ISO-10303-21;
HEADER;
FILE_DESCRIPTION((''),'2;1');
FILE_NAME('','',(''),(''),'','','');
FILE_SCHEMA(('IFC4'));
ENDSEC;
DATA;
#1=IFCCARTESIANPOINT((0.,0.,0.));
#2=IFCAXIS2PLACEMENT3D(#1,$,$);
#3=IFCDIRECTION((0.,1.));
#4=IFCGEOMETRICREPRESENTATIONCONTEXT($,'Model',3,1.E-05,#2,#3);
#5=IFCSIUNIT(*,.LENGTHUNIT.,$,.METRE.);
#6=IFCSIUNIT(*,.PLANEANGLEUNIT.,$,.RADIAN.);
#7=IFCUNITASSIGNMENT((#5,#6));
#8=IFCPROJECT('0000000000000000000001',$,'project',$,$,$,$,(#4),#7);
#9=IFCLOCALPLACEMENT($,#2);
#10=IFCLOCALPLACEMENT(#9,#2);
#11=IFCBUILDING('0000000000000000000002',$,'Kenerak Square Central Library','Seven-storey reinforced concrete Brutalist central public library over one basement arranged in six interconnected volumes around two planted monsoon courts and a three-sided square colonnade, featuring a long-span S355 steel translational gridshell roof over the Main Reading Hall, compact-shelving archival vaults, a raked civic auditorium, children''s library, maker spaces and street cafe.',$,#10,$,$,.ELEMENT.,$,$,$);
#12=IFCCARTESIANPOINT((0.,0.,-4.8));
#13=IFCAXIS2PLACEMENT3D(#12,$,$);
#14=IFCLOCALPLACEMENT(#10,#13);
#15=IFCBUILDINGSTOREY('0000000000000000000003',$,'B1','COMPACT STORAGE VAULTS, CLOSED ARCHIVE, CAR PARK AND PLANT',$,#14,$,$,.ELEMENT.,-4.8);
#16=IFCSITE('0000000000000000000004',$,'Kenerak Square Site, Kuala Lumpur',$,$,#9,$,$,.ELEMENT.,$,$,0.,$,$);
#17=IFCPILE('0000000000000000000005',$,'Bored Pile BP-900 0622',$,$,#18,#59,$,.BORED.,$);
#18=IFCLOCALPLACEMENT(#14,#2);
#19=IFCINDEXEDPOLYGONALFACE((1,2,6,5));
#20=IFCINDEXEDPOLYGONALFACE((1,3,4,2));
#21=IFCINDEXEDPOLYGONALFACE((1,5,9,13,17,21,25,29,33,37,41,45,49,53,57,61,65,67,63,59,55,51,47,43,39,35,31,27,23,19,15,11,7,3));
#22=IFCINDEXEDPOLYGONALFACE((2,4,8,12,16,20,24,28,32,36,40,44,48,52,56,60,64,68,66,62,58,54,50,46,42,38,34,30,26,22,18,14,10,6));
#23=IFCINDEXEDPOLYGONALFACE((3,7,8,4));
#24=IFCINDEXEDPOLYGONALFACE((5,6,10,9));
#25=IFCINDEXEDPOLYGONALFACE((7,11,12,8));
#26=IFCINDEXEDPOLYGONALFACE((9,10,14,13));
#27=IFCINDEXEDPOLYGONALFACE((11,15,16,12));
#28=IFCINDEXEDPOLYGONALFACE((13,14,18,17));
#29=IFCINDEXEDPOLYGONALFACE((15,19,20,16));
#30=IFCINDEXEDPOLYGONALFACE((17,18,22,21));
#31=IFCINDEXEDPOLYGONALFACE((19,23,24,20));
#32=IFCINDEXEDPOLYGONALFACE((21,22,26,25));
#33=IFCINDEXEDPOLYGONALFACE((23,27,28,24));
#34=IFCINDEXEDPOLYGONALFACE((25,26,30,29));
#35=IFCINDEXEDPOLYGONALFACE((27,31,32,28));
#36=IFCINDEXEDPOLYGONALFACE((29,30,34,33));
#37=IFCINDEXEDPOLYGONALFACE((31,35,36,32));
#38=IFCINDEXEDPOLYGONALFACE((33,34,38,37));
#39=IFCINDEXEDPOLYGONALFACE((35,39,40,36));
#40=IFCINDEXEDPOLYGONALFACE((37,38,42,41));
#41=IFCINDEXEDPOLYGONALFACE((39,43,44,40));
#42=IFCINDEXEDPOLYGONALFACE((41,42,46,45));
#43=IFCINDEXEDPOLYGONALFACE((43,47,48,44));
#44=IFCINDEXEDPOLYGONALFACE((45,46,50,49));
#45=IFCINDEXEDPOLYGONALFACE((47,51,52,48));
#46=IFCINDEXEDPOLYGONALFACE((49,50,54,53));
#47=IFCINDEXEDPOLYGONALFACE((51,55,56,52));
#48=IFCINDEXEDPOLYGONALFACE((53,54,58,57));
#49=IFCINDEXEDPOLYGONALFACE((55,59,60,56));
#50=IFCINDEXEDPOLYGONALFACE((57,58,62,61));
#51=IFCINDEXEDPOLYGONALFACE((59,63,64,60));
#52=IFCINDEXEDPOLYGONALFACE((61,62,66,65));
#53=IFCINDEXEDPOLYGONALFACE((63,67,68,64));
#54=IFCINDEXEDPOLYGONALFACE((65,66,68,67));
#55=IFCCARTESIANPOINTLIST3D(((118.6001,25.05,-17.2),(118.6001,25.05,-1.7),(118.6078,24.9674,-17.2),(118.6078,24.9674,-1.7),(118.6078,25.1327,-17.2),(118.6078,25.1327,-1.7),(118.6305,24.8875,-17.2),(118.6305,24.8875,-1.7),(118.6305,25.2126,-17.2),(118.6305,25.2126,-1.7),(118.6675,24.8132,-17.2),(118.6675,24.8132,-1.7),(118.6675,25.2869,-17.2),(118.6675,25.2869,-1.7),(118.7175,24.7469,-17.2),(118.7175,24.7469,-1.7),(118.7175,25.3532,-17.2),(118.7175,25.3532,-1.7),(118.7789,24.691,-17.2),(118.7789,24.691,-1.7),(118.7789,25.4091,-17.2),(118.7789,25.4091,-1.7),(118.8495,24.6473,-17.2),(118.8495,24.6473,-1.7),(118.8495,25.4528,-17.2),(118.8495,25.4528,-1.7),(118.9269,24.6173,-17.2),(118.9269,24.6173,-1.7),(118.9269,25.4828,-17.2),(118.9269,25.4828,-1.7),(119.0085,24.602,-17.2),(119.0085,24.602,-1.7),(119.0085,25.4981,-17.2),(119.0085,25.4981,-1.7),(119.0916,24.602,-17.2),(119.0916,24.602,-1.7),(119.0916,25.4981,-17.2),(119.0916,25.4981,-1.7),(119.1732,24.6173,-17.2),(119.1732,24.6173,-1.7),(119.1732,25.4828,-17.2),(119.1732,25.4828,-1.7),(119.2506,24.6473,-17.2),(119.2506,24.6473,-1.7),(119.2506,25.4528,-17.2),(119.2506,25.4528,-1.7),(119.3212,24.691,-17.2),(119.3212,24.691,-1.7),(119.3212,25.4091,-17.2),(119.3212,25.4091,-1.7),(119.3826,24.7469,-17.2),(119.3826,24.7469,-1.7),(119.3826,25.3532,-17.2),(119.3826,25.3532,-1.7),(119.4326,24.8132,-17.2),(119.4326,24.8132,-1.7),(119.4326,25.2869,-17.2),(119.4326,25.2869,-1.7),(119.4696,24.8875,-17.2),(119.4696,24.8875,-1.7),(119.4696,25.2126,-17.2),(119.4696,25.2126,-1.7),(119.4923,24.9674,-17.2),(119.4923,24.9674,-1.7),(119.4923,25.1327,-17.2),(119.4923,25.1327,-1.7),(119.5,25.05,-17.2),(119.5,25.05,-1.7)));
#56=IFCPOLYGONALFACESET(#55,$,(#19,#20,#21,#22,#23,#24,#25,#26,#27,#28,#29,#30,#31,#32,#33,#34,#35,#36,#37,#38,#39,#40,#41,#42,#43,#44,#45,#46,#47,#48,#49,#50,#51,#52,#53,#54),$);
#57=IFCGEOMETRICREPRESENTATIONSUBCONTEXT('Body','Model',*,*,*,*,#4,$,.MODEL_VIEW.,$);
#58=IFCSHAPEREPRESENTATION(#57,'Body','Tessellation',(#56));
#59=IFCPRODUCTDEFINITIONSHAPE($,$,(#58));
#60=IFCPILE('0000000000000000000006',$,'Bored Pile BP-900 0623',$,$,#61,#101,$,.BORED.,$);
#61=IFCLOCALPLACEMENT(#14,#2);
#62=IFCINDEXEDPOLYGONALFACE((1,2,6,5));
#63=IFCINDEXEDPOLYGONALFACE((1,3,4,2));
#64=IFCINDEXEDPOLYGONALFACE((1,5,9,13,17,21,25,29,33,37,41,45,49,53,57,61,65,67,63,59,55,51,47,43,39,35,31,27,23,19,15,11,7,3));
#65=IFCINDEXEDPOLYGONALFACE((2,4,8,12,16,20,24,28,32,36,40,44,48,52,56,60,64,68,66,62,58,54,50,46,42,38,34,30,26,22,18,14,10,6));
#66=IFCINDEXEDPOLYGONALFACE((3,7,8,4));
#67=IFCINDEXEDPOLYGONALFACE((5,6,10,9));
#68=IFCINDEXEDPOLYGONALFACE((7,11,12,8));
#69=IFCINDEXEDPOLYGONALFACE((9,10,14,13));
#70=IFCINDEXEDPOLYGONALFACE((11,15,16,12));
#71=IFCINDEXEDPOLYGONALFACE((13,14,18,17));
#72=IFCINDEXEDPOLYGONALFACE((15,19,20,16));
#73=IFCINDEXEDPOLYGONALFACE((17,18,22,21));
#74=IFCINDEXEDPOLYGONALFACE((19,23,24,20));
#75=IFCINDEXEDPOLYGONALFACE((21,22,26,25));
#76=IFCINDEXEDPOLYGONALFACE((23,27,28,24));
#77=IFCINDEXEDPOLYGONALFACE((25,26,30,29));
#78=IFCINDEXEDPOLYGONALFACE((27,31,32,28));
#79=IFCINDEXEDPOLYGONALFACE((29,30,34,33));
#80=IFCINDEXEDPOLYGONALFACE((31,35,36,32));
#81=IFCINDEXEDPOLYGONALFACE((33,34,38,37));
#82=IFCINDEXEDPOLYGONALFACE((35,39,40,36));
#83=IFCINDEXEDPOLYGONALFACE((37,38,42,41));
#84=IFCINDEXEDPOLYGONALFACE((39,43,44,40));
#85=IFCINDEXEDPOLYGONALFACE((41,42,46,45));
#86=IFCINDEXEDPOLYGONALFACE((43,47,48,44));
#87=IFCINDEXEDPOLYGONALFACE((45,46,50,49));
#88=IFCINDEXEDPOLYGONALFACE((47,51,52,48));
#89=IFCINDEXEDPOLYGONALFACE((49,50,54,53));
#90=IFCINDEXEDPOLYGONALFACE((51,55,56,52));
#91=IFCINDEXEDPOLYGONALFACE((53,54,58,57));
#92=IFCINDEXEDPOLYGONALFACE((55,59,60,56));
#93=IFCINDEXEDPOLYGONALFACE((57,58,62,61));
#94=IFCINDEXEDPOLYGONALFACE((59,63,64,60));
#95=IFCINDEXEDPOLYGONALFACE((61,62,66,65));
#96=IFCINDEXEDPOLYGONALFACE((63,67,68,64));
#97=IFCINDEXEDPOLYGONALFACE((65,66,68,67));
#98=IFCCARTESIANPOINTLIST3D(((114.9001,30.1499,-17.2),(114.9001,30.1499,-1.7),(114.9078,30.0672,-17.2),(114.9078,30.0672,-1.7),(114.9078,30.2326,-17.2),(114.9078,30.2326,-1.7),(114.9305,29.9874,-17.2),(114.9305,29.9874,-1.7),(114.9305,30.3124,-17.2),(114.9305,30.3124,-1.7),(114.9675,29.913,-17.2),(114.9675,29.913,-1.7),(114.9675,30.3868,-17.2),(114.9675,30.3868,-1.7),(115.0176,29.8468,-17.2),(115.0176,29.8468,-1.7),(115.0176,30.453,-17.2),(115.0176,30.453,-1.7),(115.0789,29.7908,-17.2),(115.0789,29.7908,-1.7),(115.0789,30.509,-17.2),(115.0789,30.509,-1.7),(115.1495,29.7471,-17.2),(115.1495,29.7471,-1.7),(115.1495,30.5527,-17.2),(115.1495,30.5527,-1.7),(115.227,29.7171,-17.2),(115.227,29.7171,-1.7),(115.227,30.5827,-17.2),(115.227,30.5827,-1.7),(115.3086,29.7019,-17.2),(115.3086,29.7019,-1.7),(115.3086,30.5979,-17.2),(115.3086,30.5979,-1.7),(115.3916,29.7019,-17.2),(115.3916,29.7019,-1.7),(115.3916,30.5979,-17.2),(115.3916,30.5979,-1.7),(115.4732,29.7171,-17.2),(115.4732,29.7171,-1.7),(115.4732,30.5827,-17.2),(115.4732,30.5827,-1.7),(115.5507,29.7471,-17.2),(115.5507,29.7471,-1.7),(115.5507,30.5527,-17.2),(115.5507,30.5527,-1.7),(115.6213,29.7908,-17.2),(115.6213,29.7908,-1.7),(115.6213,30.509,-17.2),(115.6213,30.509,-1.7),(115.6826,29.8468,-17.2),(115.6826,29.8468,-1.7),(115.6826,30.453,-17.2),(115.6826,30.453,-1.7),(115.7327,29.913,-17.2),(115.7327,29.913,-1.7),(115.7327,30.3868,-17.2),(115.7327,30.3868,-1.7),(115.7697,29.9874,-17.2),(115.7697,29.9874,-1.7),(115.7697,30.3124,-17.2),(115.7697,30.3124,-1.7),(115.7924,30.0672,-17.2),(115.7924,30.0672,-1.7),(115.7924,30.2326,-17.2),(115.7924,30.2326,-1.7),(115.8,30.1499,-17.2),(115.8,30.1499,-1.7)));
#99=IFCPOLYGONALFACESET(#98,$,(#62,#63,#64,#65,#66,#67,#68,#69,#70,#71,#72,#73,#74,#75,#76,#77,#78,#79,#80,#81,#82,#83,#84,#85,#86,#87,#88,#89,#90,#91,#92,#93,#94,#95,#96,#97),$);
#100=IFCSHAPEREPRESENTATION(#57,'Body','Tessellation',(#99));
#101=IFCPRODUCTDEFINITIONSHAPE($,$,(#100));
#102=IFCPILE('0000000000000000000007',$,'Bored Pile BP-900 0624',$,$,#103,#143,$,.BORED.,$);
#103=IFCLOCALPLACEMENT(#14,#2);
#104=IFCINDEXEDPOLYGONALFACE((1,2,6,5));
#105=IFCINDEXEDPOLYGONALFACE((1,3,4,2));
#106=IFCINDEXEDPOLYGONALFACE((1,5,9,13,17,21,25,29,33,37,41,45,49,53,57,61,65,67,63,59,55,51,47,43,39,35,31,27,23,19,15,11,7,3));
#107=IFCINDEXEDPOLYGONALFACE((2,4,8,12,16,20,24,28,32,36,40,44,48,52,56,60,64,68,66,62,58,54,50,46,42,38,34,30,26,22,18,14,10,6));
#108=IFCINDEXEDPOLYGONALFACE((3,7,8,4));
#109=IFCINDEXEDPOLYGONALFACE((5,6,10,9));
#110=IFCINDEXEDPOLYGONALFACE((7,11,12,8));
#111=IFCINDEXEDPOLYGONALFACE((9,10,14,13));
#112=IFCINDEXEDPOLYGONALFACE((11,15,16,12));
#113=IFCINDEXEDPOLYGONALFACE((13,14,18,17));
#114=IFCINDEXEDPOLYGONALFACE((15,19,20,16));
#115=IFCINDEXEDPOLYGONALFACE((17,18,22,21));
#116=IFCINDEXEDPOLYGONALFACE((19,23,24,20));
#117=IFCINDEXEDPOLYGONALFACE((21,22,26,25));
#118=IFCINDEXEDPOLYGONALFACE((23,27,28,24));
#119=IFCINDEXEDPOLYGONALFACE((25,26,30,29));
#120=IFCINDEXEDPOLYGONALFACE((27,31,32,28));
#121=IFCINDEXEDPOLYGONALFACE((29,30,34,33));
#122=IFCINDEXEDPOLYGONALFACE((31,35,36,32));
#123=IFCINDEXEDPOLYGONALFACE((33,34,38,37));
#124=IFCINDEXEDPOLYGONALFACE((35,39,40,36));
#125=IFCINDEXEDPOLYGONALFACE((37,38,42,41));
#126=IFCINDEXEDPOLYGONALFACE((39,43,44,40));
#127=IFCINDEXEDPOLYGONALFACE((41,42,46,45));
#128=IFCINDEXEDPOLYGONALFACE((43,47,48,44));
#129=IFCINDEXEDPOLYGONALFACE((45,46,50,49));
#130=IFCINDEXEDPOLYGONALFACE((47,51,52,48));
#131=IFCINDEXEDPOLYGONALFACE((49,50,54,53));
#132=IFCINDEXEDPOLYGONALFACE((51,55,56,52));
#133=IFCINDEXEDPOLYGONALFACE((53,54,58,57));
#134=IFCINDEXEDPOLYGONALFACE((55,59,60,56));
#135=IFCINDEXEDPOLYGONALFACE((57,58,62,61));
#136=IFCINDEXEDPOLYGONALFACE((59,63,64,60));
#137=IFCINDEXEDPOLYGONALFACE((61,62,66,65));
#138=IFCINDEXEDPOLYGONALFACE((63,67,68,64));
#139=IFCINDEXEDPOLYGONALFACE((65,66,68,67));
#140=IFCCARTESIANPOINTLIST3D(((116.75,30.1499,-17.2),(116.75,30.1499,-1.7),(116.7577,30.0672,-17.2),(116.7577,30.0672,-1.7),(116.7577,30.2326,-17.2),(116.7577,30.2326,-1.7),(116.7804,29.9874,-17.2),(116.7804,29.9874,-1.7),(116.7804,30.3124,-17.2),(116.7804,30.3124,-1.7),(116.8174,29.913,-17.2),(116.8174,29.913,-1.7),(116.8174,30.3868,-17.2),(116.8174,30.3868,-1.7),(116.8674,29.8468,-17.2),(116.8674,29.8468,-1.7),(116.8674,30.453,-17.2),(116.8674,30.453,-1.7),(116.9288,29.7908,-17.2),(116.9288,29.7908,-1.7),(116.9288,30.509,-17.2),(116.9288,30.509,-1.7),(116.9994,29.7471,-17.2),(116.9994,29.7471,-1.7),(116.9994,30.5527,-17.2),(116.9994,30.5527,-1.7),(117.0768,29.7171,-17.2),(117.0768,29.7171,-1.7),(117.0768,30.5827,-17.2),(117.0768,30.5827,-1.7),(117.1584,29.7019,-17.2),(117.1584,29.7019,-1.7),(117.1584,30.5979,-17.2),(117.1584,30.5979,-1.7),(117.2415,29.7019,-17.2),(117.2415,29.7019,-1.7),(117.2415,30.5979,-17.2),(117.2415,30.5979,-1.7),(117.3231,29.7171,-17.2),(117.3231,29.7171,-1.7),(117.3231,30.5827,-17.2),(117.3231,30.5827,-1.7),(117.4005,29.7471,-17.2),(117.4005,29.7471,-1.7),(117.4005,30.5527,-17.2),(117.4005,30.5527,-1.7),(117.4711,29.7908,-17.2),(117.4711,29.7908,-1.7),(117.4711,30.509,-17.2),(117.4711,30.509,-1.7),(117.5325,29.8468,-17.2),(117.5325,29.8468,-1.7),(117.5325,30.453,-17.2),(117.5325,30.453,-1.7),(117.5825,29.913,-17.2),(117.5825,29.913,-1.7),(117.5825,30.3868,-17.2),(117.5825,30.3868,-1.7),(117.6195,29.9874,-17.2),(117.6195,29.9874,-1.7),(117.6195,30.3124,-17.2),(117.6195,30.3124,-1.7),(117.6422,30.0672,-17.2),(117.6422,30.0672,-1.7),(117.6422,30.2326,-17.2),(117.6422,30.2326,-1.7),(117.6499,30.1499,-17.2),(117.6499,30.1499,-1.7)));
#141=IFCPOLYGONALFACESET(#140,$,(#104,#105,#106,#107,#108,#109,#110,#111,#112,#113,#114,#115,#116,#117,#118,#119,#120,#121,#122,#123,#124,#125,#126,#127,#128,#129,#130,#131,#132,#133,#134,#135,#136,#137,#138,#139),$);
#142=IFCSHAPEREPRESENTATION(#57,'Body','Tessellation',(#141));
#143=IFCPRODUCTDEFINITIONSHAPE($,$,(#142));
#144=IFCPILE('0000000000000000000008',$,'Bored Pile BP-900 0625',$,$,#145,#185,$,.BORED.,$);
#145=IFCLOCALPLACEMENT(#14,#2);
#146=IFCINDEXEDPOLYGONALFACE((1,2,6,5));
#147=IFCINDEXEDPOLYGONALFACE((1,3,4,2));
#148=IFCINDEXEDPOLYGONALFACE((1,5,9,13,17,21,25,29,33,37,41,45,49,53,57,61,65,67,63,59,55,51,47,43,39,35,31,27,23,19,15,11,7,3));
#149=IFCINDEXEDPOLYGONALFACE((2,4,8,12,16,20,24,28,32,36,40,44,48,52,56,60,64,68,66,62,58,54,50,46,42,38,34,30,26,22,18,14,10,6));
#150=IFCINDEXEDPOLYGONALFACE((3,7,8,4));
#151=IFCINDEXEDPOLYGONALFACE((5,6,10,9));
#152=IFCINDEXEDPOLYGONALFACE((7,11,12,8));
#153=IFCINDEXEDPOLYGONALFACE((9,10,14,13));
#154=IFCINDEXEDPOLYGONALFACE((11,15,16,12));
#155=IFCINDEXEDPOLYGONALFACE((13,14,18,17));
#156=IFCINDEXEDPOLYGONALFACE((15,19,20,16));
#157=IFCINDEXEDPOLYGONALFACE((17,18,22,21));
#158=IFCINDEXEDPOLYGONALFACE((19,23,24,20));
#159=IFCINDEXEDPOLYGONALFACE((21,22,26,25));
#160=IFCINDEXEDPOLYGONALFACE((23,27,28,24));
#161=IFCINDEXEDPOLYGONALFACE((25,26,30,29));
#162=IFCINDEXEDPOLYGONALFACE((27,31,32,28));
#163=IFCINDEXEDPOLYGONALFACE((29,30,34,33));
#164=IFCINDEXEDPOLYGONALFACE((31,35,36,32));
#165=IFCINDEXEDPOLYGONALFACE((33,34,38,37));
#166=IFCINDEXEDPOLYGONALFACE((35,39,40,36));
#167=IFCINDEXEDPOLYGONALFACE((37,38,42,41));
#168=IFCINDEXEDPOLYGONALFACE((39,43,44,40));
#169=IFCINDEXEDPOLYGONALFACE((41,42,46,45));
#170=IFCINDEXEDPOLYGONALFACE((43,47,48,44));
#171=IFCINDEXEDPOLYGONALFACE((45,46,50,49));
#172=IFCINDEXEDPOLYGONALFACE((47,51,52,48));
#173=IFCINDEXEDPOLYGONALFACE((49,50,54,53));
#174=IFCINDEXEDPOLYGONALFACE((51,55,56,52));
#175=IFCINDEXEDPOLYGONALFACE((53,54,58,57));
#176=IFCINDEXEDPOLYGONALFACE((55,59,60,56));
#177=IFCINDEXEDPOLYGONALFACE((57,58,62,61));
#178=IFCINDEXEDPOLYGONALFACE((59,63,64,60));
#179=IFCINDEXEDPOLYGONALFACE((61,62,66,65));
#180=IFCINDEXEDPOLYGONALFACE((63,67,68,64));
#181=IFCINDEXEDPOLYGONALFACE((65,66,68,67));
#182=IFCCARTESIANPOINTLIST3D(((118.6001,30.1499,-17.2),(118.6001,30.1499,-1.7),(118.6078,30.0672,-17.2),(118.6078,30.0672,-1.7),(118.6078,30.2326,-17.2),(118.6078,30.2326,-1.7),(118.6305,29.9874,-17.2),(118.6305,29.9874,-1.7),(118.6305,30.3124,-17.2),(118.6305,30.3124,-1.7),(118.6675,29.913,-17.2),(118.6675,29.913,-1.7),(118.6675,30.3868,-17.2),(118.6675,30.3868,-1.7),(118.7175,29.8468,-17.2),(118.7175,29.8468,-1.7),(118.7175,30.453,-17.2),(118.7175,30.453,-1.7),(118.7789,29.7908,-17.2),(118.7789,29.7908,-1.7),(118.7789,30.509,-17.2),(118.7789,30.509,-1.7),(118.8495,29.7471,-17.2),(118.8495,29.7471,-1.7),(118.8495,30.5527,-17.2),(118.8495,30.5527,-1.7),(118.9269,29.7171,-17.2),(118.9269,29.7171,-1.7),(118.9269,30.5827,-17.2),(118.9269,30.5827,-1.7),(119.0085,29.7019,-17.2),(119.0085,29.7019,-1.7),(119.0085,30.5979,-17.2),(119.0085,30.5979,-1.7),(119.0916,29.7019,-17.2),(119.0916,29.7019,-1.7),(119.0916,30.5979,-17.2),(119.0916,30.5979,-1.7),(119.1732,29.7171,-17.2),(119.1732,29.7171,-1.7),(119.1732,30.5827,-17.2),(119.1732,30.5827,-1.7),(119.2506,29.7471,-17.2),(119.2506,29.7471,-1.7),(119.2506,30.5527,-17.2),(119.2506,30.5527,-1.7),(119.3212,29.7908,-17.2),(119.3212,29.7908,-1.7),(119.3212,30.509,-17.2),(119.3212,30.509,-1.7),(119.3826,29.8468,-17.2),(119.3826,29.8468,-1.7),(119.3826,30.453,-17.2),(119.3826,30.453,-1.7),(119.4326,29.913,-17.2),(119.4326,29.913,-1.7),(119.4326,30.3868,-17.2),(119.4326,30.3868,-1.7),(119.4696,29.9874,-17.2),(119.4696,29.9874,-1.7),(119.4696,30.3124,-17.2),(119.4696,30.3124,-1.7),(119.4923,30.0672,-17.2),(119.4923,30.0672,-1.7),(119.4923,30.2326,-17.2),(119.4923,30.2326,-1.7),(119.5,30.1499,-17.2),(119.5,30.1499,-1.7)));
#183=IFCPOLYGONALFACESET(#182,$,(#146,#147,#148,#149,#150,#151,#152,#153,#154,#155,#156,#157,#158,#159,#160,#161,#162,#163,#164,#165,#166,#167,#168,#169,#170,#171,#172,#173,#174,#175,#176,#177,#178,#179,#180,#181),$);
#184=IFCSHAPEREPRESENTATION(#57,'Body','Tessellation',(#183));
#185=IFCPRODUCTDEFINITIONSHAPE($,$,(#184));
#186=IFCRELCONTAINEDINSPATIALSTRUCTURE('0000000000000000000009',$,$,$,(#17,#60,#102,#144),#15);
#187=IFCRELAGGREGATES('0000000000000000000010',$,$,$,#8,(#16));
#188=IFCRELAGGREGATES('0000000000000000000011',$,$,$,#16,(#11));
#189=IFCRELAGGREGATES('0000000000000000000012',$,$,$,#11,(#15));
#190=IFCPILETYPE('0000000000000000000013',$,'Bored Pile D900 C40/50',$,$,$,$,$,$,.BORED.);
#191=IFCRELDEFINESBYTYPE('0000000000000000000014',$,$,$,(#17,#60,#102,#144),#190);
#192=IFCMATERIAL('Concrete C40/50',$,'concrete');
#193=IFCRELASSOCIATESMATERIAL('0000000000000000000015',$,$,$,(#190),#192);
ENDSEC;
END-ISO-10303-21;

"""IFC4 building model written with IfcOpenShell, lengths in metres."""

from ifc_helpers import new_model, si_unit, direction, frame, origin, origin_2d, place, context, subcontext, project, spatial, circle, extrude, material, material_profile, profile_set, type_object, element, save


model = new_model("IFC4")

# Units and contexts
model_context = context("Model", 3, precision=1e-05, world=origin(), true_north=direction((0.0, 1.0)))
body_context = subcontext(model_context, "Body", "Model", "MODEL_VIEW")
ifc_project = project(units=[si_unit("LENGTHUNIT", "METRE"), si_unit("PLANEANGLEUNIT", "RADIAN")], contexts=[model_context])

# Site, building, storey
site_placement = place(None, origin())
site = spatial("IfcSite", under=ifc_project, at=site_placement, Name="Kenerak Square Site, Kuala Lumpur", CompositionType="ELEMENT", RefElevation=0.0)
building_placement = place(site_placement, origin())
building = spatial("IfcBuilding", under=site, at=building_placement, Name="Kenerak Square Central Library", Description="Seven-storey reinforced concrete Brutalist central public library over one basement arranged in six interconnected volumes around two planted monsoon courts and a three-sided square colonnade, featuring a long-span S355 steel translational gridshell roof over the Main Reading Hall, compact-shelving archival vaults, a raked civic auditorium, children's library, maker spaces and street cafe.", CompositionType="ELEMENT")
storey_placement = place(building_placement, frame((0.0, 0.0, -4.8)))
storey = spatial("IfcBuildingStorey", under=building, at=storey_placement, Name="B1", Description="COMPACT STORAGE VAULTS, CLOSED ARCHIVE, CAR PARK AND PLANT", CompositionType="ELEMENT", Elevation=-4.8)

# Piles
ifc_material_1 = material(Name="Concrete C40/50", Category="concrete")
ifc_material_profile_1 = material_profile(ifc_material_1, circle(Radius=0.45, at=origin_2d()), Name="BP D900")
ifc_profile_set_1 = profile_set([ifc_material_profile_1], Name="Concrete C40/50")
pile_type_1 = type_object("IfcPileType", Name="Bored Pile D900 C40/50", PredefinedType="BORED", material=ifc_profile_set_1)
for number, where, z_axis, x_axis, name in (
    (1, (119.05, 25.05, -1.7), (0.0, 0.0, -1.0), (1.0, 0.0, 0.0), "Bored Pile BP-900 0622"),
    (2, (115.3501, 30.1499, -1.7), (0.0, 0.0, -1.0), (1.0, 0.0, 0.0), "Bored Pile BP-900 0623"),
    (3, (117.2, 30.1499, -1.7), (0.0, 0.0, -1.0), (1.0, 0.0, 0.0), "Bored Pile BP-900 0624"),
    (4, (119.05, 30.1499, -1.7), (0.0, 0.0, -1.0), (1.0, 0.0, 0.0), "Bored Pile BP-900 0625"),
):
    element("IfcPile", number, at=place(storey_placement, frame(where, z_axis=z_axis, x_axis=x_axis)), inside=storey, type_object=pile_type_1, Name=name, PredefinedType="BORED", context=body_context, shape_type="SweptSolid", body=[
        extrude(circle(Radius=0.45, at=origin_2d()), origin(), (0.0, 0.0, 1.0), 15.5),
    ])

save(model, "model.ifc")
